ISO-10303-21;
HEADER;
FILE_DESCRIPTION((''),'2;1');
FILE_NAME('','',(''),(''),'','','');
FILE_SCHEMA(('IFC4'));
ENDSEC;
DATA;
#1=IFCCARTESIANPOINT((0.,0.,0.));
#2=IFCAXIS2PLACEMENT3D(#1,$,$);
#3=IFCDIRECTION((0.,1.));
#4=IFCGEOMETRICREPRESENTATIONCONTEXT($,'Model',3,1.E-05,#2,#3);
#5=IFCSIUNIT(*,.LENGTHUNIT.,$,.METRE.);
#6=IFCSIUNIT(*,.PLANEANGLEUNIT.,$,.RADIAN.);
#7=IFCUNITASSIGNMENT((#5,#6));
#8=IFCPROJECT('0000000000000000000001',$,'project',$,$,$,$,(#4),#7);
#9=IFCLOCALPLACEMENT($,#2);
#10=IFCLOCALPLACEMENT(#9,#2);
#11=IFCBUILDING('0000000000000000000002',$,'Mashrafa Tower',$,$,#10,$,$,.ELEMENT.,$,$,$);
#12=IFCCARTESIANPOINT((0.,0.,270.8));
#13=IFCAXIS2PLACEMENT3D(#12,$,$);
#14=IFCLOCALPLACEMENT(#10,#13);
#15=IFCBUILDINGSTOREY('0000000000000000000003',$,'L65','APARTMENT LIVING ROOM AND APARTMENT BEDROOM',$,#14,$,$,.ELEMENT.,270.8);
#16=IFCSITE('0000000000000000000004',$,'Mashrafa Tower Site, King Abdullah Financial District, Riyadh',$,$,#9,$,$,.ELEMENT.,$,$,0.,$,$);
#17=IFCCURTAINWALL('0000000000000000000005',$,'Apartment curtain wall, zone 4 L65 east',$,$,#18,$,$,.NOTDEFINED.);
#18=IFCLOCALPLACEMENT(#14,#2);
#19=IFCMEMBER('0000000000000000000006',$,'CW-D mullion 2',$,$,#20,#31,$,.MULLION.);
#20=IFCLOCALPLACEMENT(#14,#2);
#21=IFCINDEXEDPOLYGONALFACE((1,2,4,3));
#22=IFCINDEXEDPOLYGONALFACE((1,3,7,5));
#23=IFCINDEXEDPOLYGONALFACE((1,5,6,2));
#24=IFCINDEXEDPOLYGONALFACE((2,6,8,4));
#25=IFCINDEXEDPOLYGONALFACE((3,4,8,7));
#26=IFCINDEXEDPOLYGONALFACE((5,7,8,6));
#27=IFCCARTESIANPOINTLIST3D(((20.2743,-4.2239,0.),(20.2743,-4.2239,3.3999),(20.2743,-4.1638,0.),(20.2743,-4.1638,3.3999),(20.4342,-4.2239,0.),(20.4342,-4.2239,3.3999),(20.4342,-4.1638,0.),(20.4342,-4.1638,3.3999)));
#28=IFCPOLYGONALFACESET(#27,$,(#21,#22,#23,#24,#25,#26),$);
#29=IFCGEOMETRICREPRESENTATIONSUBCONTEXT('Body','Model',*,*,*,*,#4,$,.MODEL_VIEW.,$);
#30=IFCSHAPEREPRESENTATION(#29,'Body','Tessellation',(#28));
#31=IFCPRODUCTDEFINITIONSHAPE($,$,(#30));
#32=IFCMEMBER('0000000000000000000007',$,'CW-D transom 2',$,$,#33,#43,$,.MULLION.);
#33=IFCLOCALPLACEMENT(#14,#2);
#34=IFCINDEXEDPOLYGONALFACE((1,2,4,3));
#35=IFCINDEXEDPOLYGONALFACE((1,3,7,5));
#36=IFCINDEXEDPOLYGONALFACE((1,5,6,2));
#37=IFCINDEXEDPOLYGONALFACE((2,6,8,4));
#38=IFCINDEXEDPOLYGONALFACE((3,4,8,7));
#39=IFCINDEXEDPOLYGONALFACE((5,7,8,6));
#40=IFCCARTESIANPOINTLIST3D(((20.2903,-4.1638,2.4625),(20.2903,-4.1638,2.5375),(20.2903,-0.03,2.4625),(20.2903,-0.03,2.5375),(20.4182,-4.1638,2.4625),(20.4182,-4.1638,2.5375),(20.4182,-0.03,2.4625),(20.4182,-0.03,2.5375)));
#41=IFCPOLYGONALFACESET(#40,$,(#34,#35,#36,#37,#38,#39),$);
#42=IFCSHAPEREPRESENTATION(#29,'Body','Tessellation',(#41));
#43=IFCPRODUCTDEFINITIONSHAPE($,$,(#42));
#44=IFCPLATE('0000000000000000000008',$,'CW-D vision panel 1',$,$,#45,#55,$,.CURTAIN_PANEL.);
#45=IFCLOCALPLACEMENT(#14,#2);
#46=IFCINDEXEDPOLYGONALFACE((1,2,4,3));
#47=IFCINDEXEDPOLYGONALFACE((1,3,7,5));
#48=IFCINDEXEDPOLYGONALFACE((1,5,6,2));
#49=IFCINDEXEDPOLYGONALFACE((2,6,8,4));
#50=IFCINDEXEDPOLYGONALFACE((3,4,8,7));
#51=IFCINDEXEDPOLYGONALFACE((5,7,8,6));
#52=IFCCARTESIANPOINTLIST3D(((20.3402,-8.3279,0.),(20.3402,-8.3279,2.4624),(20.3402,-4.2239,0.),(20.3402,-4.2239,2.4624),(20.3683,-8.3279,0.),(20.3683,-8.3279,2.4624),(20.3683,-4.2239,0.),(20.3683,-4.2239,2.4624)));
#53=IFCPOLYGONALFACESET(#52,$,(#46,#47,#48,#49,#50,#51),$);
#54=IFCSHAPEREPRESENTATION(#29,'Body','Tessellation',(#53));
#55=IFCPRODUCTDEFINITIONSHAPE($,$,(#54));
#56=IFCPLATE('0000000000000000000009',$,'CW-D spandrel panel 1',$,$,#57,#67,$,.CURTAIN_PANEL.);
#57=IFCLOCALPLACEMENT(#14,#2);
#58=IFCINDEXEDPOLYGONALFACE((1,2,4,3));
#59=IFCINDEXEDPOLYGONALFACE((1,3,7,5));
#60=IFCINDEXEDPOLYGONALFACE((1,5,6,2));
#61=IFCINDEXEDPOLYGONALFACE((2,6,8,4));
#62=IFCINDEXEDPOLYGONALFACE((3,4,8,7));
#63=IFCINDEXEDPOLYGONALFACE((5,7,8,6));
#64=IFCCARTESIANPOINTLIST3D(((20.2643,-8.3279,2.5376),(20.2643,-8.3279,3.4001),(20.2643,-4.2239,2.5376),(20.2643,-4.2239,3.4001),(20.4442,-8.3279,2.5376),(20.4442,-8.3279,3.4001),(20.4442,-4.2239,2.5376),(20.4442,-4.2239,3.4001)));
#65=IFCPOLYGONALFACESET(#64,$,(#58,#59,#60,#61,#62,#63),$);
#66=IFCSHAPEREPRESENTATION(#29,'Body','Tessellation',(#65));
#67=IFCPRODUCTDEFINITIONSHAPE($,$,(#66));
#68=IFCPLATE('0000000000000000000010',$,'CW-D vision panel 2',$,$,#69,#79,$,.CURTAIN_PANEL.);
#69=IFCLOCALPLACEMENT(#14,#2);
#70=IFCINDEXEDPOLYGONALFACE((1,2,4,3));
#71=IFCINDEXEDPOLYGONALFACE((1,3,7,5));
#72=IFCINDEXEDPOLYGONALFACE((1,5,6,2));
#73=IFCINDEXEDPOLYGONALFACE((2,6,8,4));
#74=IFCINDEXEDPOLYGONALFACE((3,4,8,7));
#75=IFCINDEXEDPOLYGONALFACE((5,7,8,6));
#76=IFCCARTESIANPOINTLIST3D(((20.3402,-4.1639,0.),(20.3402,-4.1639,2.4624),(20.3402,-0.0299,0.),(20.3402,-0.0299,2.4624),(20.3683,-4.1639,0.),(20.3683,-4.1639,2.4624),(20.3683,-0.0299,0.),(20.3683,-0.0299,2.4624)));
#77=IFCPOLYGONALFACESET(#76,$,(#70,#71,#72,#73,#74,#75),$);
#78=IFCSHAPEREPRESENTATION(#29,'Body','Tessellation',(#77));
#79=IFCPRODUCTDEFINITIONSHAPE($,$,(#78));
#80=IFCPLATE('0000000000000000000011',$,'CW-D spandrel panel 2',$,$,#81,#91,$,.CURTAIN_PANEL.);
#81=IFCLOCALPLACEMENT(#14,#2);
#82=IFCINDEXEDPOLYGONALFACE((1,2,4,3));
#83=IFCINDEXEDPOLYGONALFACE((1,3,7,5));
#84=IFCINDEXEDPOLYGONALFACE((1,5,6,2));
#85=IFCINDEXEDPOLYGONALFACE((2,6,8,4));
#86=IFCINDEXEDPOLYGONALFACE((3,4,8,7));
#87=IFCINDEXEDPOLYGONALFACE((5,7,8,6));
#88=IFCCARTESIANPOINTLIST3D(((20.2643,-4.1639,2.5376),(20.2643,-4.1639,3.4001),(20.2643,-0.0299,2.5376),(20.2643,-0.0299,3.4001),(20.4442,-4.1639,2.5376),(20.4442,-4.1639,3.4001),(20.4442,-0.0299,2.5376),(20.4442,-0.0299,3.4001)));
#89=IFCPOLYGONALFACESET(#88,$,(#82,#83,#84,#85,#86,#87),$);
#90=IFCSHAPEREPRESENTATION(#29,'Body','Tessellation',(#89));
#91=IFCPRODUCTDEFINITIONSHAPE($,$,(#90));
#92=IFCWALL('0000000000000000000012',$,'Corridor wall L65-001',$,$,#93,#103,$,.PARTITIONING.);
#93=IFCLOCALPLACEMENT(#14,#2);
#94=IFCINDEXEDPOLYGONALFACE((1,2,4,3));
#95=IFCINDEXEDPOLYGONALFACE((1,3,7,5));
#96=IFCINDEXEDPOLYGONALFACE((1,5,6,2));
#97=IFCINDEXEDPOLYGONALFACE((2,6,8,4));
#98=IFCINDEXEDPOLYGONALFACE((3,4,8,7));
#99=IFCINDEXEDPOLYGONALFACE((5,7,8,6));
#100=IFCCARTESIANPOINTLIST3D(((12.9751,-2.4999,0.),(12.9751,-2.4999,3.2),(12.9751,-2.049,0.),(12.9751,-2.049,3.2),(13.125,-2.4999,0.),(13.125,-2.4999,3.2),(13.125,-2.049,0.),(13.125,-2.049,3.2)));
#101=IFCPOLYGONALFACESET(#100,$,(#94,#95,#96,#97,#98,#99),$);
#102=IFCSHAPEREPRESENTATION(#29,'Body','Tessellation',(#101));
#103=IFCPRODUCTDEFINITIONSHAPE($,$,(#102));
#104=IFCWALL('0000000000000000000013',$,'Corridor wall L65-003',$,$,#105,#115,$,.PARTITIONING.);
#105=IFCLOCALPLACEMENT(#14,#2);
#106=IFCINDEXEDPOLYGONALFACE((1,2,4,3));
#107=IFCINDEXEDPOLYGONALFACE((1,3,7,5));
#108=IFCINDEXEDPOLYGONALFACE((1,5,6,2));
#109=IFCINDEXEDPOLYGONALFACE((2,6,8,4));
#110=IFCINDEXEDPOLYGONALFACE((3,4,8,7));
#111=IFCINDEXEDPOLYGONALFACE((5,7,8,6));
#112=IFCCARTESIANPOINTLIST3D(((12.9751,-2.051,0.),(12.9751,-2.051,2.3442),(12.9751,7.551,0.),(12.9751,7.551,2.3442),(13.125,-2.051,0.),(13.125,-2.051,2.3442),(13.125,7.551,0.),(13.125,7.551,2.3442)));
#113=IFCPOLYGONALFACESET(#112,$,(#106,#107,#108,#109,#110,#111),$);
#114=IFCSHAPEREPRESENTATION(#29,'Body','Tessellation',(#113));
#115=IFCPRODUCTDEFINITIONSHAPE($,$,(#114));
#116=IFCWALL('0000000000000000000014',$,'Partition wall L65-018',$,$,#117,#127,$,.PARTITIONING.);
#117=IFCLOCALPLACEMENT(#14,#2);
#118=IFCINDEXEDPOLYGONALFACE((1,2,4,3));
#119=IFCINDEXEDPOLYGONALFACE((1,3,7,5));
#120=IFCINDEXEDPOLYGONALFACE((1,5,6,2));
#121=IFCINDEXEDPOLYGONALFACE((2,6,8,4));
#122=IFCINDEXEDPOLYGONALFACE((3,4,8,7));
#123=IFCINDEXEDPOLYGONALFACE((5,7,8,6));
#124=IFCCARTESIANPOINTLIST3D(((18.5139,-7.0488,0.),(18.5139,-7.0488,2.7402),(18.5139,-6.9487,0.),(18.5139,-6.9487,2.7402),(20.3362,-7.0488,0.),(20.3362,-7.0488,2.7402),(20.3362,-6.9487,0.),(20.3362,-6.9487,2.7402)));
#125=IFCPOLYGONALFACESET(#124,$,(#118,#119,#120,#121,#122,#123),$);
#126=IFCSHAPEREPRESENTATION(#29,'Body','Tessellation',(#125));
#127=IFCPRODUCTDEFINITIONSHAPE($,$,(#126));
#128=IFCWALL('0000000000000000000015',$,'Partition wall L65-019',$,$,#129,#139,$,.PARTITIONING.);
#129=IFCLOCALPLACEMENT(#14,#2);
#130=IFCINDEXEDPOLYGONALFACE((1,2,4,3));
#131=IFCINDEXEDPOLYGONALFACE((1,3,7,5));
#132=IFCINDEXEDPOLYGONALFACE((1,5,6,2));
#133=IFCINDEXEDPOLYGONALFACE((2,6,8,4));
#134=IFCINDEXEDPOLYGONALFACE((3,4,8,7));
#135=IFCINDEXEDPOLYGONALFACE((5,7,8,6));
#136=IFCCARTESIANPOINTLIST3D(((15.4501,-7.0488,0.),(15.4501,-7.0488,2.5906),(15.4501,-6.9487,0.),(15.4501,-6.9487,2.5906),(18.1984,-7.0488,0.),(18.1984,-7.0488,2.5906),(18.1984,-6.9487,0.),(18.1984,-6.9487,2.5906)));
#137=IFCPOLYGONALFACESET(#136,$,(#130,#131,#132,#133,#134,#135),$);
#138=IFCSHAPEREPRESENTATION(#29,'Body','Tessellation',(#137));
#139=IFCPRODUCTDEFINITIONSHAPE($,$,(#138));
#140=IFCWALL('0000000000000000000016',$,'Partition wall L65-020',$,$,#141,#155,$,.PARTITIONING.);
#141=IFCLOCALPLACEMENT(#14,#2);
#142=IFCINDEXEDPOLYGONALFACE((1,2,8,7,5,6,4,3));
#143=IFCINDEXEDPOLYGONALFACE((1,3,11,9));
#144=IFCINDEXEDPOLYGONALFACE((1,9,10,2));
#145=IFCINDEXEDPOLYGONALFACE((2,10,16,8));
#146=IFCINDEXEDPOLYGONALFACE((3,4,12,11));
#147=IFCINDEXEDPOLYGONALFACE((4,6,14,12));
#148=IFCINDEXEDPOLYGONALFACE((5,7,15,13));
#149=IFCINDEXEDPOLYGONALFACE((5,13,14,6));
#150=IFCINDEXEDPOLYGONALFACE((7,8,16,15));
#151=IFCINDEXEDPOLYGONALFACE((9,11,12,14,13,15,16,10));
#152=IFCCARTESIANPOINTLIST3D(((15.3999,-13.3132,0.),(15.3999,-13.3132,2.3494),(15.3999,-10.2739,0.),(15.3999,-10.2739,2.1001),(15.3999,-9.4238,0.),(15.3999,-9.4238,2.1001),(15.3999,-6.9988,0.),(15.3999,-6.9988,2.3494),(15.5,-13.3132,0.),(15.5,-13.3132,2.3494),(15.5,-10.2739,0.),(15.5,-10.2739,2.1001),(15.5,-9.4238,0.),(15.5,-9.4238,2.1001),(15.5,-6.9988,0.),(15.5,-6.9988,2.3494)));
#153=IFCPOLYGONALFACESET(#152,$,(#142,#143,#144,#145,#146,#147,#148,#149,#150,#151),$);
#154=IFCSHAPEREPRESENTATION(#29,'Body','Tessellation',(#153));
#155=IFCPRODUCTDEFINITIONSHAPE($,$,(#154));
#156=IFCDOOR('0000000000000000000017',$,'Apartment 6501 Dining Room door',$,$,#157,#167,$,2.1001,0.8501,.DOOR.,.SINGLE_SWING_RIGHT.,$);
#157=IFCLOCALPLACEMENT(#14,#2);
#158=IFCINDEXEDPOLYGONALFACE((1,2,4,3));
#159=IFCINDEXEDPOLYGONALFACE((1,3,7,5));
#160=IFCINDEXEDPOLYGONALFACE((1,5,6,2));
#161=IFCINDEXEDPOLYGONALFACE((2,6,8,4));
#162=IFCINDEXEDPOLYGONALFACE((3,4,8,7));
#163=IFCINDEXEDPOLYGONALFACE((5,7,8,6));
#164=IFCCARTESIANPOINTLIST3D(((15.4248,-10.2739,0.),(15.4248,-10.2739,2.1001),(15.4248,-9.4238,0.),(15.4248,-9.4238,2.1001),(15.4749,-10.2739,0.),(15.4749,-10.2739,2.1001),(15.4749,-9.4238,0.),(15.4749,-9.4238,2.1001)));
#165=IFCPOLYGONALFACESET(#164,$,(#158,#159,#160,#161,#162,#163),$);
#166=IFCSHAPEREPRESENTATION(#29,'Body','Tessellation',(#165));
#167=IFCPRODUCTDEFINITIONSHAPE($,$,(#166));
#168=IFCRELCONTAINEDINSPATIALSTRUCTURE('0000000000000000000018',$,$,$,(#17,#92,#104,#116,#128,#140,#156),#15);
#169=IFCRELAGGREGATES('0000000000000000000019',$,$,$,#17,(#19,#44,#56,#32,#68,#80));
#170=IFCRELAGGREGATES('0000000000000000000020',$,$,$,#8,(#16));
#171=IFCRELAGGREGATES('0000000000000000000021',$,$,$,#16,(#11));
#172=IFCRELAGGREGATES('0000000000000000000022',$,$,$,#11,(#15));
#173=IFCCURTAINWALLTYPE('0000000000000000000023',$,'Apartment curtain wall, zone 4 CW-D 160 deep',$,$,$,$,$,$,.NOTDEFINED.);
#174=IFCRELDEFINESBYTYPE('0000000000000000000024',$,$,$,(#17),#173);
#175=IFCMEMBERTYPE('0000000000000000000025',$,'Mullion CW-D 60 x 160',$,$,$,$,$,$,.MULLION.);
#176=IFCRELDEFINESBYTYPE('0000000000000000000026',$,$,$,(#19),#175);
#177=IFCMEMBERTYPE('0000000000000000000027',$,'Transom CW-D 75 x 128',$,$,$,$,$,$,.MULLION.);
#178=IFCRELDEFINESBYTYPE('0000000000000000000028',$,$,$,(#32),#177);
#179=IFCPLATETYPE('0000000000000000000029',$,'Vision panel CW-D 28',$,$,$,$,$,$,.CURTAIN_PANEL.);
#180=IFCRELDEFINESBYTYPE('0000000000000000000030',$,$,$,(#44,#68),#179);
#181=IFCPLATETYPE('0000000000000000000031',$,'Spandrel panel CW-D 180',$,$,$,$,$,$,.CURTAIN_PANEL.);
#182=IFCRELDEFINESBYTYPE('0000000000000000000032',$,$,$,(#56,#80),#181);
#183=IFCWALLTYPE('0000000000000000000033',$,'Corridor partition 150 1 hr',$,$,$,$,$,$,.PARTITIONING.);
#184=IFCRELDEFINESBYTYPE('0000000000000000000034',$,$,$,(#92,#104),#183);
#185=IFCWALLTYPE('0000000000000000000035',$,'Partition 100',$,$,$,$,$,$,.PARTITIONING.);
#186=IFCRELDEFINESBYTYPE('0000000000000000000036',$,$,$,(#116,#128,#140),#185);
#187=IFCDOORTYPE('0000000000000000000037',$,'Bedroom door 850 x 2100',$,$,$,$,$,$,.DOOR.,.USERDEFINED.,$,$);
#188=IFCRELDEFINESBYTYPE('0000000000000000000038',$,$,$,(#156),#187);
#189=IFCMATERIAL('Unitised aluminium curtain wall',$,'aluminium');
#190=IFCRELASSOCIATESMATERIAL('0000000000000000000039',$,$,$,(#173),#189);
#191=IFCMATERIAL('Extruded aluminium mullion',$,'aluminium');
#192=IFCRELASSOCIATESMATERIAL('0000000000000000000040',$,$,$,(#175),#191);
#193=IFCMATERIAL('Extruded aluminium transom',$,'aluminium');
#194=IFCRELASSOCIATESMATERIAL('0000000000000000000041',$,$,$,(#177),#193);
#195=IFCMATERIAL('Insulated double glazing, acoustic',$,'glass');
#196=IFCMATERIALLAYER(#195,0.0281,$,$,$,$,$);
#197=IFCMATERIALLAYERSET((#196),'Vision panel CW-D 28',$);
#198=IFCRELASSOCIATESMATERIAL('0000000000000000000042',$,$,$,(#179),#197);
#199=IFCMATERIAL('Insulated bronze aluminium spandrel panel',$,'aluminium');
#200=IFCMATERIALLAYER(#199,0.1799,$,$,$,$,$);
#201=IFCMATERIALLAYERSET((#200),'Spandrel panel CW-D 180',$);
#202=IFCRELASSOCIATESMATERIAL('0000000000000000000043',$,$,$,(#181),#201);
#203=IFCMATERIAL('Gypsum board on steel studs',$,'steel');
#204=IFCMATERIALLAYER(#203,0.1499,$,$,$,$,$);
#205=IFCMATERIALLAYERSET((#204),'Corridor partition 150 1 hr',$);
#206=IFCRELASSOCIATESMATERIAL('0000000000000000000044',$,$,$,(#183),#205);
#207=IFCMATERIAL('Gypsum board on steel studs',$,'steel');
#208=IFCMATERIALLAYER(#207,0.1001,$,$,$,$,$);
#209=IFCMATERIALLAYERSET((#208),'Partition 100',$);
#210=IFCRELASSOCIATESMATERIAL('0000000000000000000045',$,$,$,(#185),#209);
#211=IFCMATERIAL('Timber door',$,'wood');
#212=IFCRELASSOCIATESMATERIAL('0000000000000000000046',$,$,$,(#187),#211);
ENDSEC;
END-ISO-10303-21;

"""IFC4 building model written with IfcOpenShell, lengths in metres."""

from ifc_helpers import new_model, si_unit, direction, frame, frame_2d, origin, origin_2d, place, context, subcontext, project, spatial, rectangle, extrude, source, transform, mapped, material, layer, layer_set, material_profile, profile_set, type_object, type_shapes, element, fill, aggregate, save


model = new_model("IFC4")

# Units and contexts
model_context = context("Model", 3, precision=1e-05, world=origin(), true_north=direction((0.0, 1.0)))
body_context = subcontext(model_context, "Body", "Model", "MODEL_VIEW")
ifc_project = project(units=[si_unit("LENGTHUNIT", "METRE"), si_unit("PLANEANGLEUNIT", "RADIAN")], contexts=[model_context])

# Site, building, storey
site_placement = place(None, origin())
site = spatial("IfcSite", under=ifc_project, at=site_placement, Name="Mashrafa Tower Site, King Abdullah Financial District, Riyadh", CompositionType="ELEMENT", RefElevation=0.0)
building_placement = place(site_placement, origin())
building = spatial("IfcBuilding", under=site, at=building_placement, Name="Mashrafa Tower", CompositionType="ELEMENT")
storey_placement = place(building_placement, frame((0.0, 0.0, 270.8)))
storey = spatial("IfcBuildingStorey", under=building, at=storey_placement, Name="L65", Description="APARTMENT LIVING ROOM AND APARTMENT BEDROOM", CompositionType="ELEMENT", Elevation=270.8)

# Curtain wall, members, plates
ifc_material_1 = material(Name="Unitised aluminium curtain wall", Category="aluminium")
curtain_wall_type = type_object("IfcCurtainWallType", Name="Apartment curtain wall, zone 4 CW-D 160 deep", PredefinedType="NOTDEFINED", material=ifc_material_1)
curtain_wall_placement = place(storey_placement, origin())
curtain_wall = element("IfcCurtainWall", 1, at=curtain_wall_placement, inside=storey, type_object=curtain_wall_type, Name="Apartment curtain wall, zone 4 L65 east", PredefinedType="NOTDEFINED")
ifc_material_2 = material(Name="Extruded aluminium mullion", Category="aluminium")
ifc_material_profile_1 = material_profile(ifc_material_2, rectangle(XDim=0.1599, YDim=0.0601, at=origin_2d()), Name="Mullion 60x160")
ifc_profile_set_1 = profile_set([ifc_material_profile_1], Name="Extruded aluminium mullion")
member_type_1 = type_object("IfcMemberType", Name="Mullion CW-D 60 x 160", PredefinedType="MULLION", material=ifc_profile_set_1)
shared_shape_1 = source(origin(), body_context, "Body", "SweptSolid", [
    extrude(rectangle(XDim=0.1599, YDim=0.0601, at=origin_2d()), origin(), (0.0, 0.0, 1.0), 3.3999),
])
type_shapes(member_type_1, [shared_shape_1])
member_1_placement = place(storey_placement, frame((20.3542, -4.1938, 0.0), z_axis=(0.0, 0.0, 1.0), x_axis=(-1.0, 0.0, 0.0)))
member_1 = element("IfcMember", 2, at=member_1_placement, type_object=member_type_1, Name="CW-D mullion 2", PredefinedType="MULLION", context=body_context, shape_type="MappedRepresentation", body=[
    mapped(shared_shape_1, transform((0.0, 0.0, 0.0))),
])
ifc_material_3 = material(Name="Extruded aluminium transom", Category="aluminium")
ifc_material_profile_2 = material_profile(ifc_material_3, rectangle(XDim=0.1279, YDim=0.075, at=origin_2d()), Name="Transom 75x128")
ifc_profile_set_2 = profile_set([ifc_material_profile_2], Name="Extruded aluminium transom")
member_type_2 = type_object("IfcMemberType", Name="Transom CW-D 75 x 128", PredefinedType="MULLION", material=ifc_profile_set_2)
shared_shape_2 = source(origin(), body_context, "Body", "SweptSolid", [
    extrude(rectangle(XDim=0.1279, YDim=0.075, at=origin_2d()), origin(), (0.0, 0.0, 1.0), 4.1338),
])
type_shapes(member_type_2, [shared_shape_2])
member_2_placement = place(storey_placement, frame((20.3542, -4.1638, 2.5), z_axis=(0.0, 1.0, 0.0), x_axis=(-1.0, 0.0, 0.0)))
member_2 = element("IfcMember", 3, at=member_2_placement, type_object=member_type_2, Name="CW-D transom 2", PredefinedType="MULLION", context=body_context, shape_type="MappedRepresentation", body=[
    mapped(shared_shape_2, transform((0.0, 0.0, 0.0))),
])
ifc_material_4 = material(Name="Insulated double glazing, acoustic", Category="glass")
ifc_layer_1 = layer(ifc_material_4, 0.0281)
ifc_layer_set_1 = layer_set([ifc_layer_1], Name="Vision panel CW-D 28")
plate_type_1 = type_object("IfcPlateType", Name="Vision panel CW-D 28", PredefinedType="CURTAIN_PANEL", material=ifc_layer_set_1)
shared_shape_3 = source(origin(), body_context, "Body", "SweptSolid", [
    extrude(rectangle(XDim=4.104, YDim=0.0281, at=origin_2d()), origin(), (0.0, 0.0, 1.0), 2.4624),
])
plate_1_placement = place(storey_placement, frame((20.3542, -6.2759, 0.0), z_axis=(0.0, 0.0, 1.0), x_axis=(0.0, 1.0, 0.0)))
plate_1 = element("IfcPlate", 4, at=plate_1_placement, type_object=plate_type_1, Name="CW-D vision panel 1", PredefinedType="CURTAIN_PANEL", context=body_context, shape_type="MappedRepresentation", body=[
    mapped(shared_shape_3, transform((0.0, 0.0, 0.0))),
])
ifc_material_5 = material(Name="Insulated bronze aluminium spandrel panel", Category="aluminium")
ifc_layer_2 = layer(ifc_material_5, 0.1799)
ifc_layer_set_2 = layer_set([ifc_layer_2], Name="Spandrel panel CW-D 180")
plate_type_2 = type_object("IfcPlateType", Name="Spandrel panel CW-D 180", PredefinedType="CURTAIN_PANEL", material=ifc_layer_set_2)
shared_shape_4 = source(origin(), body_context, "Body", "SweptSolid", [
    extrude(rectangle(XDim=4.104, YDim=0.1799, at=origin_2d()), origin(), (0.0, 0.0, 1.0), 0.8625),
])
plate_2_placement = place(storey_placement, frame((20.3542, -6.2759, 2.5376), z_axis=(0.0, 0.0, 1.0), x_axis=(0.0, 1.0, 0.0)))
plate_2 = element("IfcPlate", 5, at=plate_2_placement, type_object=plate_type_2, Name="CW-D spandrel panel 1", PredefinedType="CURTAIN_PANEL", context=body_context, shape_type="MappedRepresentation", body=[
    mapped(shared_shape_4, transform((0.0, 0.0, 0.0))),
])
shared_shape_5 = source(origin(), body_context, "Body", "SweptSolid", [
    extrude(rectangle(XDim=4.134, YDim=0.0281, at=origin_2d()), origin(), (0.0, 0.0, 1.0), 2.4624),
])
type_shapes(plate_type_1, [shared_shape_3, shared_shape_5])
plate_3_placement = place(storey_placement, frame((20.3542, -2.0969, 0.0), z_axis=(0.0, 0.0, 1.0), x_axis=(0.0, 1.0, 0.0)))
plate_3 = element("IfcPlate", 6, at=plate_3_placement, type_object=plate_type_1, Name="CW-D vision panel 2", PredefinedType="CURTAIN_PANEL", context=body_context, shape_type="MappedRepresentation", body=[
    mapped(shared_shape_5, transform((0.0, 0.0, 0.0))),
])
shared_shape_6 = source(origin(), body_context, "Body", "SweptSolid", [
    extrude(rectangle(XDim=4.134, YDim=0.1799, at=origin_2d()), origin(), (0.0, 0.0, 1.0), 0.8625),
])
type_shapes(plate_type_2, [shared_shape_4, shared_shape_6])
plate_4_placement = place(storey_placement, frame((20.3542, -2.0969, 2.5376), z_axis=(0.0, 0.0, 1.0), x_axis=(0.0, 1.0, 0.0)))
plate_4 = element("IfcPlate", 7, at=plate_4_placement, type_object=plate_type_2, Name="CW-D spandrel panel 2", PredefinedType="CURTAIN_PANEL", context=body_context, shape_type="MappedRepresentation", body=[
    mapped(shared_shape_6, transform((0.0, 0.0, 0.0))),
])
aggregate(curtain_wall, [member_1, plate_1, plate_2, member_2, plate_3, plate_4])

# Walls
ifc_material_6 = material(Name="Gypsum board on steel studs", Category="steel")
ifc_layer_3 = layer(ifc_material_6, 0.1499)
ifc_layer_set_3 = layer_set([ifc_layer_3], Name="Corridor partition 150 1 hr")
wall_type_1 = type_object("IfcWallType", Name="Corridor partition 150 1 hr", PredefinedType="PARTITIONING", material=ifc_layer_set_3)
wall_1_placement = place(storey_placement, frame((13.05, -2.5, 0.0), z_axis=(0.0, 0.0, 1.0), x_axis=(0.0, 1.0, 0.0)))
element("IfcWall", 8, at=wall_1_placement, inside=storey, type_object=wall_type_1, Name="Corridor wall L65-001", PredefinedType="PARTITIONING", context=body_context, shape_type="SweptSolid", body=[
    extrude(rectangle(XDim=0.4509, YDim=0.1499, at=frame_2d((0.2256, 0.0))), origin(), (0.0, 0.0, 1.0), 3.2),
])
wall_2_placement = place(storey_placement, frame((13.05, -2.051, 0.0), z_axis=(0.0, 0.0, 1.0), x_axis=(0.0, 1.0, 0.0)))
element("IfcWall", 9, at=wall_2_placement, inside=storey, type_object=wall_type_1, Name="Corridor wall L65-003", PredefinedType="PARTITIONING", context=body_context, shape_type="SweptSolid", body=[
    extrude(rectangle(XDim=9.6021, YDim=0.1499, at=frame_2d((4.801, 0.0))), origin(), (0.0, 0.0, 1.0), 2.3442),
])
ifc_material_7 = material(Name="Gypsum board on steel studs", Category="steel")
ifc_layer_4 = layer(ifc_material_7, 0.1001)
ifc_layer_set_4 = layer_set([ifc_layer_4], Name="Partition 100")
wall_type_2 = type_object("IfcWallType", Name="Partition 100", PredefinedType="PARTITIONING", material=ifc_layer_set_4)
wall_3_placement = place(storey_placement, frame((20.3362, -6.9988, 0.0), z_axis=(0.0, 0.0, 1.0), x_axis=(-1.0, 0.0, 0.0)))
element("IfcWall", 10, at=wall_3_placement, inside=storey, type_object=wall_type_2, Name="Partition wall L65-018", PredefinedType="PARTITIONING", context=body_context, shape_type="SweptSolid", body=[
    extrude(rectangle(XDim=1.8223, YDim=0.1001, at=frame_2d((0.9111, 0.0))), origin(), (0.0, 0.0, 1.0), 2.7402),
])
wall_4_placement = place(storey_placement, frame((18.1982, -6.9988, 0.0), z_axis=(0.0, 0.0, 1.0), x_axis=(-1.0, 0.0, 0.0)))
element("IfcWall", 11, at=wall_4_placement, inside=storey, type_object=wall_type_2, Name="Partition wall L65-019", PredefinedType="PARTITIONING", context=body_context, shape_type="SweptSolid", body=[
    extrude(rectangle(XDim=2.7483, YDim=0.1001, at=frame_2d((1.374, 0.0))), origin(), (0.0, 0.0, 1.0), 2.5906),
])

# Wall, opening, door
wall_5_placement = place(storey_placement, frame((15.45, -6.9988, 0.0), z_axis=(0.0, 0.0, 1.0), x_axis=(0.0, -1.0, 0.0)))
wall_5 = element("IfcWall", 12, at=wall_5_placement, inside=storey, type_object=wall_type_2, Name="Partition wall L65-020", PredefinedType="PARTITIONING", context=body_context, shape_type="SweptSolid", body=[
    extrude(rectangle(XDim=6.3145, YDim=0.1001, at=frame_2d((3.1572, 0.0))), origin(), (0.0, 0.0, 1.0), 2.3494),
])
opening_1_placement = place(wall_5_placement, frame((2.425, 0.0, 0.0)))
opening_1 = element("IfcOpeningElement", 13, at=opening_1_placement, cuts=wall_5, PredefinedType="OPENING", context=body_context, shape_type="SweptSolid", body=[
    extrude(rectangle(XDim=0.8501, YDim=2.1001, at=frame_2d((0.425, 1.05))), frame((0.0, 0.0601, 0.0), z_axis=(0.0, -1.0, 0.0), x_axis=(1.0, 0.0, 0.0)), (0.0, 0.0, 1.0), 0.1201),
])
ifc_material_8 = material(Name="Timber door", Category="wood")
door_type_1 = type_object("IfcDoorType", Name="Bedroom door 850 x 2100", OperationType="USERDEFINED", PredefinedType="DOOR", material=ifc_material_8)
door_1_placement = place(opening_1_placement, origin())
door_1 = element("IfcDoor", 14, at=door_1_placement, inside=storey, type_object=door_type_1, Name="Apartment 6501 Dining Room door", OperationType="SINGLE_SWING_RIGHT", OverallHeight=2.1001, OverallWidth=0.8501, PredefinedType="DOOR", context=body_context, shape_type="SweptSolid", body=[
    extrude(rectangle(XDim=0.8501, YDim=2.1001, at=frame_2d((0.425, 1.05))), frame((0.0, 0.0249, 0.0), z_axis=(0.0, -1.0, 0.0), x_axis=(1.0, 0.0, 0.0)), (0.0, 0.0, 1.0), 0.05),
])
fill(opening_1, door_1)

save(model, "model.ifc")
